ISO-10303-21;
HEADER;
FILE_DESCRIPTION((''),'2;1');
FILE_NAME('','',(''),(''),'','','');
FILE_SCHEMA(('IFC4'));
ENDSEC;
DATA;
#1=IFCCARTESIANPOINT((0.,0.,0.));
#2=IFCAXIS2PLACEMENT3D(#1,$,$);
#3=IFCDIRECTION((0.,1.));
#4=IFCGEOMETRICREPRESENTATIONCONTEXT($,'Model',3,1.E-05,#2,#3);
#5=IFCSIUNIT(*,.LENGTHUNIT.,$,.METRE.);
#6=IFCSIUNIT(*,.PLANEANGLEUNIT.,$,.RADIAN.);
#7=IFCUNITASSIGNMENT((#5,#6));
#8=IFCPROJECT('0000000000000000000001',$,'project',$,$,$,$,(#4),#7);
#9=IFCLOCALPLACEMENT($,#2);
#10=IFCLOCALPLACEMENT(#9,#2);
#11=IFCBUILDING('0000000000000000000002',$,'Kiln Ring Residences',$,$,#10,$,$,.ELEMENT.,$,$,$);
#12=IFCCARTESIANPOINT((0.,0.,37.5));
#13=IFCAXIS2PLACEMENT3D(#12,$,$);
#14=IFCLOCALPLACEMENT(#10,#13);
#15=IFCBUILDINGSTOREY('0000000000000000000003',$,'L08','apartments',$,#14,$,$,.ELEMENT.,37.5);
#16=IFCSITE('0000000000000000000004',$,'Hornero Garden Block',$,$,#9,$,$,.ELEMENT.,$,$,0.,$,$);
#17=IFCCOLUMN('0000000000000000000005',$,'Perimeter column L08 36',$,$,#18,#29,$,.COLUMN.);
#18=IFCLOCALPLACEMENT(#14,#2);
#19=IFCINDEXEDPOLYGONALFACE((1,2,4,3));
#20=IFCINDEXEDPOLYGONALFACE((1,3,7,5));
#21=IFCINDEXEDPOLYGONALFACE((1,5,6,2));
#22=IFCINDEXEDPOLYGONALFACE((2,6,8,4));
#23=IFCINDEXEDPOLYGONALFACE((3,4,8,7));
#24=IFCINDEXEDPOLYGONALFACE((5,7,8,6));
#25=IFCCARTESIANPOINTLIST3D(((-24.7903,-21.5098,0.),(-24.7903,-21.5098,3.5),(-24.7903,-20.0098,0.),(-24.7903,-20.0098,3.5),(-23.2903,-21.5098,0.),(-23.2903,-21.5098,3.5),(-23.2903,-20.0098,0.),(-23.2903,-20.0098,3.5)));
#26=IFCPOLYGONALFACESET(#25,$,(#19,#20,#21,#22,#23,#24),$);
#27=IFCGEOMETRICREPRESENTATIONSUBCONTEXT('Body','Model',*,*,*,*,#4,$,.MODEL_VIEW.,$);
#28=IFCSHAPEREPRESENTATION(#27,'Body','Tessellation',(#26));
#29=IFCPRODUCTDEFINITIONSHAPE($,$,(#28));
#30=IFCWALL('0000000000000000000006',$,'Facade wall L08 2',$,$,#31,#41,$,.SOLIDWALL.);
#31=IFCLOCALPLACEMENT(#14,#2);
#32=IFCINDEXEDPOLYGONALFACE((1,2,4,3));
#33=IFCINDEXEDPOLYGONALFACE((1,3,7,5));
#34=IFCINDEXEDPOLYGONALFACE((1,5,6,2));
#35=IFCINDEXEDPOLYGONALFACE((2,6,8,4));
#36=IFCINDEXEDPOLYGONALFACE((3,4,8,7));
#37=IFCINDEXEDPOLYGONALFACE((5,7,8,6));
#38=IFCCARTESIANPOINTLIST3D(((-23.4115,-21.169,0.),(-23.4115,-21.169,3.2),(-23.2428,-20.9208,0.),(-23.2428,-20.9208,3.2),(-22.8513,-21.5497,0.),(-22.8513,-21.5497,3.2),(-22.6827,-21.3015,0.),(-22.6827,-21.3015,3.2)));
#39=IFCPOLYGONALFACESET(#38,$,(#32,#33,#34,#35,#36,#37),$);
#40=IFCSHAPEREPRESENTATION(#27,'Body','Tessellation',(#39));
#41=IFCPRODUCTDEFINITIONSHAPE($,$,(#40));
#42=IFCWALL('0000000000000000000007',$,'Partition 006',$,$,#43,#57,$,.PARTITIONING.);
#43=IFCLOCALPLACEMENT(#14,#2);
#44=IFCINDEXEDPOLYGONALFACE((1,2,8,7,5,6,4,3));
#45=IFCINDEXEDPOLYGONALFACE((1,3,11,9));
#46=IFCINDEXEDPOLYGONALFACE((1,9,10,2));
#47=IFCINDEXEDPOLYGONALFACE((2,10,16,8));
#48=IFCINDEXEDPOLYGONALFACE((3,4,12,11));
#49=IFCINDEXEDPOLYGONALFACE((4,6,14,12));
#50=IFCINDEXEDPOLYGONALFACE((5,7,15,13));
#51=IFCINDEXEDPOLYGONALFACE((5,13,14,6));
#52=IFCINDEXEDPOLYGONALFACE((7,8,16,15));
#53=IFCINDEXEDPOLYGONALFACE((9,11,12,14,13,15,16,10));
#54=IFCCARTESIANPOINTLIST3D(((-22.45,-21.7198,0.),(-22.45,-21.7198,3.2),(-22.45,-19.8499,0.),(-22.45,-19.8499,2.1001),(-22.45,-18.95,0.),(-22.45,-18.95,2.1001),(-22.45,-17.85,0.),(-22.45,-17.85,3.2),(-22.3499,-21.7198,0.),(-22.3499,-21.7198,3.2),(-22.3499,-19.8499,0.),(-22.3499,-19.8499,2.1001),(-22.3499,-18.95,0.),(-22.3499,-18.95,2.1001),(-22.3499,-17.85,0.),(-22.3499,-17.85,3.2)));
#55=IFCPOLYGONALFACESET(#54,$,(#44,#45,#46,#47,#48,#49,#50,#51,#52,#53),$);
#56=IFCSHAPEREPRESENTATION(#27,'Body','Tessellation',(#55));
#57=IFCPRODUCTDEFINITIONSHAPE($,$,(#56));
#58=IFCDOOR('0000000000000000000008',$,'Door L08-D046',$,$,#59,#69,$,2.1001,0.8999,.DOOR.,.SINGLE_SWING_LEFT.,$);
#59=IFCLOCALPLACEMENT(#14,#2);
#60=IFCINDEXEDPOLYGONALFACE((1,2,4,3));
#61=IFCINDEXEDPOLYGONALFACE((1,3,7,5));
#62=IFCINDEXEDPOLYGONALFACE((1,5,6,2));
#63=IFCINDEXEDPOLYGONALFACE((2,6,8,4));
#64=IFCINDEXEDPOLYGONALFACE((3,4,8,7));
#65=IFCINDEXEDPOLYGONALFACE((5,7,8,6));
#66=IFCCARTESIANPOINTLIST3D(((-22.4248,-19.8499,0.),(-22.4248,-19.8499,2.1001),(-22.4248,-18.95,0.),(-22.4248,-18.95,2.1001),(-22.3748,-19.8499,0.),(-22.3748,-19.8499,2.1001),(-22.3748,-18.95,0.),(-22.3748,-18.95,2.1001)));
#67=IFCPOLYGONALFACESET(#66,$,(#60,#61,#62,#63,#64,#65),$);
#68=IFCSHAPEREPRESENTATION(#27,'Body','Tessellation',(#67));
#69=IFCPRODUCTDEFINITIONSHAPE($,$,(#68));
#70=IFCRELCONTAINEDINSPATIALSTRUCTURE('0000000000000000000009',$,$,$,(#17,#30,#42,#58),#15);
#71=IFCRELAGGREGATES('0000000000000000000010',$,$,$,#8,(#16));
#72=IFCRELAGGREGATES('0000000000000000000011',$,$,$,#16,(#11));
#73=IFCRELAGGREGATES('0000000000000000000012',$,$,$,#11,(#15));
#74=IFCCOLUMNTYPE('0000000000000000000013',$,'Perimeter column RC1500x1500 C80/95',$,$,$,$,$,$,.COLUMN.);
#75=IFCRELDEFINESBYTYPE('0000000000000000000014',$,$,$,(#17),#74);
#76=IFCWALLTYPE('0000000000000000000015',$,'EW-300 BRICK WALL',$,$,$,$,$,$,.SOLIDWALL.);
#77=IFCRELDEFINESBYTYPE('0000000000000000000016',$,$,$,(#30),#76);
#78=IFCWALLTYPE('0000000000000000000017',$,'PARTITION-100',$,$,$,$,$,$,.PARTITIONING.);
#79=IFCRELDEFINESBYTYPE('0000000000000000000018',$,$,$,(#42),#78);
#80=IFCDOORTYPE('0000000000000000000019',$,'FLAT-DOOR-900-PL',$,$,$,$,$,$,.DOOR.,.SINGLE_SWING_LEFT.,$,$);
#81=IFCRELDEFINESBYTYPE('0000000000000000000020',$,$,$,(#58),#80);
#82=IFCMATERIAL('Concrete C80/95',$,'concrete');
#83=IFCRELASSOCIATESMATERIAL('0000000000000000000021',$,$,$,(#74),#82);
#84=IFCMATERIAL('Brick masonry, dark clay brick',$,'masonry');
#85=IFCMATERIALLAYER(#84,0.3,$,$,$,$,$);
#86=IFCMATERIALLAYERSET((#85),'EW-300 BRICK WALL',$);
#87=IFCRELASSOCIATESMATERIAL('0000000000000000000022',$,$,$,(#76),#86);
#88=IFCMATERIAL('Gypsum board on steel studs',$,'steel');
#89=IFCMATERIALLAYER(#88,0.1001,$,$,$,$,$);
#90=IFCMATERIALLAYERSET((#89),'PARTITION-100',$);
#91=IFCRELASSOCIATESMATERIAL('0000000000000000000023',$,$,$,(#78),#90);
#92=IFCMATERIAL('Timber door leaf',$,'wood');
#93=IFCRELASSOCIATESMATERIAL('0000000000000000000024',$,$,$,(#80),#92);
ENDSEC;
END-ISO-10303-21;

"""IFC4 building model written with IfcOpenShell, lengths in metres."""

from ifc_helpers import new_model, si_unit, direction, frame, frame_2d, origin, origin_2d, place, context, subcontext, project, spatial, rectangle, extrude, material, layer, layer_set, material_profile, profile_set, type_object, element, fill, save


model = new_model("IFC4")

# Units and contexts
model_context = context("Model", 3, precision=1e-05, world=origin(), true_north=direction((0.0, 1.0)))
body_context = subcontext(model_context, "Body", "Model", "MODEL_VIEW")
ifc_project = project(units=[si_unit("LENGTHUNIT", "METRE"), si_unit("PLANEANGLEUNIT", "RADIAN")], contexts=[model_context])

# Site, building, storey
site_placement = place(None, origin())
site = spatial("IfcSite", under=ifc_project, at=site_placement, Name="Hornero Garden Block", CompositionType="ELEMENT", RefElevation=0.0)
building_placement = place(site_placement, origin())
building = spatial("IfcBuilding", under=site, at=building_placement, Name="Kiln Ring Residences", CompositionType="ELEMENT")
storey_placement = place(building_placement, frame((0.0, 0.0, 37.5)))
storey = spatial("IfcBuildingStorey", under=building, at=storey_placement, Name="L08", Description="apartments", CompositionType="ELEMENT", Elevation=37.5)

# Column
ifc_material_1 = material(Name="Concrete C80/95", Category="concrete")
ifc_material_profile = material_profile(ifc_material_1, rectangle(XDim=1.5, YDim=1.5, at=origin_2d()), Name="RC1500x1500")
ifc_profile_set = profile_set([ifc_material_profile], Name="Concrete C80/95")
column_type = type_object("IfcColumnType", Name="Perimeter column RC1500x1500 C80/95", PredefinedType="COLUMN", material=ifc_profile_set)
column_placement = place(storey_placement, frame((-24.0403, -20.7598, 0.0), z_axis=(0.0, 0.0, 1.0), x_axis=(1.0, 0.0, 0.0)))
element("IfcColumn", 1, at=column_placement, inside=storey, type_object=column_type, Name="Perimeter column L08 36", PredefinedType="COLUMN", context=body_context, shape_type="SweptSolid", body=[
    extrude(rectangle(XDim=1.5, YDim=1.5, at=origin_2d()), origin(), (0.0, 0.0, 1.0), 3.5),
])

# Wall
ifc_material_2 = material(Name="Brick masonry, dark clay brick", Category="masonry")
ifc_layer_1 = layer(ifc_material_2, 0.3)
ifc_layer_set_1 = layer_set([ifc_layer_1], Name="EW-300 BRICK WALL")
wall_type_1 = type_object("IfcWallType", Name="EW-300 BRICK WALL", PredefinedType="SOLIDWALL", material=ifc_layer_set_1)
wall_1_placement = place(storey_placement, frame((-23.3271, -21.0449, 0.0), z_axis=(0.0, 0.0, 1.0), x_axis=(0.827081, -0.562083, 0.0)))
element("IfcWall", 2, at=wall_1_placement, inside=storey, type_object=wall_type_1, Name="Facade wall L08 2", PredefinedType="SOLIDWALL", context=body_context, shape_type="SweptSolid", body=[
    extrude(rectangle(XDim=0.6772, YDim=0.3, at=frame_2d((0.3386, 0.0))), origin(), (0.0, 0.0, 1.0), 3.2),
])

# Wall, opening, door
ifc_material_3 = material(Name="Gypsum board on steel studs", Category="steel")
ifc_layer_2 = layer(ifc_material_3, 0.1001)
ifc_layer_set_2 = layer_set([ifc_layer_2], Name="PARTITION-100")
wall_type_2 = type_object("IfcWallType", Name="PARTITION-100", PredefinedType="PARTITIONING", material=ifc_layer_set_2)
wall_2_placement = place(storey_placement, frame((-22.3999, -21.72, 0.0), z_axis=(0.0, 0.0, 1.0), x_axis=(0.0, 1.0, 0.0)))
wall_2 = element("IfcWall", 3, at=wall_2_placement, inside=storey, type_object=wall_type_2, Name="Partition 006", PredefinedType="PARTITIONING", context=body_context, shape_type="SweptSolid", body=[
    extrude(rectangle(XDim=3.8699, YDim=0.1001, at=frame_2d((1.9351, 0.0))), origin(), (0.0, 0.0, 1.0), 3.2),
])
opening_placement = place(wall_2_placement, frame((1.8701, 0.0, 0.0)))
opening = element("IfcOpeningElement", 4, at=opening_placement, cuts=wall_2, PredefinedType="OPENING", context=body_context, shape_type="SweptSolid", body=[
    extrude(rectangle(XDim=0.8999, YDim=2.1001, at=frame_2d((0.45, 1.05))), frame((0.0, 0.0601, 0.0), z_axis=(0.0, -1.0, 0.0), x_axis=(1.0, 0.0, 0.0)), (0.0, 0.0, 1.0), 0.1201),
])
ifc_material_4 = material(Name="Timber door leaf", Category="wood")
door_type = type_object("IfcDoorType", Name="FLAT-DOOR-900-PL", OperationType="SINGLE_SWING_LEFT", PredefinedType="DOOR", material=ifc_material_4)
door_placement = place(opening_placement, origin())
door = element("IfcDoor", 5, at=door_placement, inside=storey, type_object=door_type, Name="Door L08-D046", OperationType="SINGLE_SWING_LEFT", OverallHeight=2.1001, OverallWidth=0.8999, PredefinedType="DOOR", context=body_context, shape_type="SweptSolid", body=[
    extrude(rectangle(XDim=0.8999, YDim=2.1001, at=frame_2d((0.45, 1.05))), frame((0.0, 0.0249, 0.0), z_axis=(0.0, -1.0, 0.0), x_axis=(1.0, 0.0, 0.0)), (0.0, 0.0, 1.0), 0.05),
])
fill(opening, door)

save(model, "model.ifc")
